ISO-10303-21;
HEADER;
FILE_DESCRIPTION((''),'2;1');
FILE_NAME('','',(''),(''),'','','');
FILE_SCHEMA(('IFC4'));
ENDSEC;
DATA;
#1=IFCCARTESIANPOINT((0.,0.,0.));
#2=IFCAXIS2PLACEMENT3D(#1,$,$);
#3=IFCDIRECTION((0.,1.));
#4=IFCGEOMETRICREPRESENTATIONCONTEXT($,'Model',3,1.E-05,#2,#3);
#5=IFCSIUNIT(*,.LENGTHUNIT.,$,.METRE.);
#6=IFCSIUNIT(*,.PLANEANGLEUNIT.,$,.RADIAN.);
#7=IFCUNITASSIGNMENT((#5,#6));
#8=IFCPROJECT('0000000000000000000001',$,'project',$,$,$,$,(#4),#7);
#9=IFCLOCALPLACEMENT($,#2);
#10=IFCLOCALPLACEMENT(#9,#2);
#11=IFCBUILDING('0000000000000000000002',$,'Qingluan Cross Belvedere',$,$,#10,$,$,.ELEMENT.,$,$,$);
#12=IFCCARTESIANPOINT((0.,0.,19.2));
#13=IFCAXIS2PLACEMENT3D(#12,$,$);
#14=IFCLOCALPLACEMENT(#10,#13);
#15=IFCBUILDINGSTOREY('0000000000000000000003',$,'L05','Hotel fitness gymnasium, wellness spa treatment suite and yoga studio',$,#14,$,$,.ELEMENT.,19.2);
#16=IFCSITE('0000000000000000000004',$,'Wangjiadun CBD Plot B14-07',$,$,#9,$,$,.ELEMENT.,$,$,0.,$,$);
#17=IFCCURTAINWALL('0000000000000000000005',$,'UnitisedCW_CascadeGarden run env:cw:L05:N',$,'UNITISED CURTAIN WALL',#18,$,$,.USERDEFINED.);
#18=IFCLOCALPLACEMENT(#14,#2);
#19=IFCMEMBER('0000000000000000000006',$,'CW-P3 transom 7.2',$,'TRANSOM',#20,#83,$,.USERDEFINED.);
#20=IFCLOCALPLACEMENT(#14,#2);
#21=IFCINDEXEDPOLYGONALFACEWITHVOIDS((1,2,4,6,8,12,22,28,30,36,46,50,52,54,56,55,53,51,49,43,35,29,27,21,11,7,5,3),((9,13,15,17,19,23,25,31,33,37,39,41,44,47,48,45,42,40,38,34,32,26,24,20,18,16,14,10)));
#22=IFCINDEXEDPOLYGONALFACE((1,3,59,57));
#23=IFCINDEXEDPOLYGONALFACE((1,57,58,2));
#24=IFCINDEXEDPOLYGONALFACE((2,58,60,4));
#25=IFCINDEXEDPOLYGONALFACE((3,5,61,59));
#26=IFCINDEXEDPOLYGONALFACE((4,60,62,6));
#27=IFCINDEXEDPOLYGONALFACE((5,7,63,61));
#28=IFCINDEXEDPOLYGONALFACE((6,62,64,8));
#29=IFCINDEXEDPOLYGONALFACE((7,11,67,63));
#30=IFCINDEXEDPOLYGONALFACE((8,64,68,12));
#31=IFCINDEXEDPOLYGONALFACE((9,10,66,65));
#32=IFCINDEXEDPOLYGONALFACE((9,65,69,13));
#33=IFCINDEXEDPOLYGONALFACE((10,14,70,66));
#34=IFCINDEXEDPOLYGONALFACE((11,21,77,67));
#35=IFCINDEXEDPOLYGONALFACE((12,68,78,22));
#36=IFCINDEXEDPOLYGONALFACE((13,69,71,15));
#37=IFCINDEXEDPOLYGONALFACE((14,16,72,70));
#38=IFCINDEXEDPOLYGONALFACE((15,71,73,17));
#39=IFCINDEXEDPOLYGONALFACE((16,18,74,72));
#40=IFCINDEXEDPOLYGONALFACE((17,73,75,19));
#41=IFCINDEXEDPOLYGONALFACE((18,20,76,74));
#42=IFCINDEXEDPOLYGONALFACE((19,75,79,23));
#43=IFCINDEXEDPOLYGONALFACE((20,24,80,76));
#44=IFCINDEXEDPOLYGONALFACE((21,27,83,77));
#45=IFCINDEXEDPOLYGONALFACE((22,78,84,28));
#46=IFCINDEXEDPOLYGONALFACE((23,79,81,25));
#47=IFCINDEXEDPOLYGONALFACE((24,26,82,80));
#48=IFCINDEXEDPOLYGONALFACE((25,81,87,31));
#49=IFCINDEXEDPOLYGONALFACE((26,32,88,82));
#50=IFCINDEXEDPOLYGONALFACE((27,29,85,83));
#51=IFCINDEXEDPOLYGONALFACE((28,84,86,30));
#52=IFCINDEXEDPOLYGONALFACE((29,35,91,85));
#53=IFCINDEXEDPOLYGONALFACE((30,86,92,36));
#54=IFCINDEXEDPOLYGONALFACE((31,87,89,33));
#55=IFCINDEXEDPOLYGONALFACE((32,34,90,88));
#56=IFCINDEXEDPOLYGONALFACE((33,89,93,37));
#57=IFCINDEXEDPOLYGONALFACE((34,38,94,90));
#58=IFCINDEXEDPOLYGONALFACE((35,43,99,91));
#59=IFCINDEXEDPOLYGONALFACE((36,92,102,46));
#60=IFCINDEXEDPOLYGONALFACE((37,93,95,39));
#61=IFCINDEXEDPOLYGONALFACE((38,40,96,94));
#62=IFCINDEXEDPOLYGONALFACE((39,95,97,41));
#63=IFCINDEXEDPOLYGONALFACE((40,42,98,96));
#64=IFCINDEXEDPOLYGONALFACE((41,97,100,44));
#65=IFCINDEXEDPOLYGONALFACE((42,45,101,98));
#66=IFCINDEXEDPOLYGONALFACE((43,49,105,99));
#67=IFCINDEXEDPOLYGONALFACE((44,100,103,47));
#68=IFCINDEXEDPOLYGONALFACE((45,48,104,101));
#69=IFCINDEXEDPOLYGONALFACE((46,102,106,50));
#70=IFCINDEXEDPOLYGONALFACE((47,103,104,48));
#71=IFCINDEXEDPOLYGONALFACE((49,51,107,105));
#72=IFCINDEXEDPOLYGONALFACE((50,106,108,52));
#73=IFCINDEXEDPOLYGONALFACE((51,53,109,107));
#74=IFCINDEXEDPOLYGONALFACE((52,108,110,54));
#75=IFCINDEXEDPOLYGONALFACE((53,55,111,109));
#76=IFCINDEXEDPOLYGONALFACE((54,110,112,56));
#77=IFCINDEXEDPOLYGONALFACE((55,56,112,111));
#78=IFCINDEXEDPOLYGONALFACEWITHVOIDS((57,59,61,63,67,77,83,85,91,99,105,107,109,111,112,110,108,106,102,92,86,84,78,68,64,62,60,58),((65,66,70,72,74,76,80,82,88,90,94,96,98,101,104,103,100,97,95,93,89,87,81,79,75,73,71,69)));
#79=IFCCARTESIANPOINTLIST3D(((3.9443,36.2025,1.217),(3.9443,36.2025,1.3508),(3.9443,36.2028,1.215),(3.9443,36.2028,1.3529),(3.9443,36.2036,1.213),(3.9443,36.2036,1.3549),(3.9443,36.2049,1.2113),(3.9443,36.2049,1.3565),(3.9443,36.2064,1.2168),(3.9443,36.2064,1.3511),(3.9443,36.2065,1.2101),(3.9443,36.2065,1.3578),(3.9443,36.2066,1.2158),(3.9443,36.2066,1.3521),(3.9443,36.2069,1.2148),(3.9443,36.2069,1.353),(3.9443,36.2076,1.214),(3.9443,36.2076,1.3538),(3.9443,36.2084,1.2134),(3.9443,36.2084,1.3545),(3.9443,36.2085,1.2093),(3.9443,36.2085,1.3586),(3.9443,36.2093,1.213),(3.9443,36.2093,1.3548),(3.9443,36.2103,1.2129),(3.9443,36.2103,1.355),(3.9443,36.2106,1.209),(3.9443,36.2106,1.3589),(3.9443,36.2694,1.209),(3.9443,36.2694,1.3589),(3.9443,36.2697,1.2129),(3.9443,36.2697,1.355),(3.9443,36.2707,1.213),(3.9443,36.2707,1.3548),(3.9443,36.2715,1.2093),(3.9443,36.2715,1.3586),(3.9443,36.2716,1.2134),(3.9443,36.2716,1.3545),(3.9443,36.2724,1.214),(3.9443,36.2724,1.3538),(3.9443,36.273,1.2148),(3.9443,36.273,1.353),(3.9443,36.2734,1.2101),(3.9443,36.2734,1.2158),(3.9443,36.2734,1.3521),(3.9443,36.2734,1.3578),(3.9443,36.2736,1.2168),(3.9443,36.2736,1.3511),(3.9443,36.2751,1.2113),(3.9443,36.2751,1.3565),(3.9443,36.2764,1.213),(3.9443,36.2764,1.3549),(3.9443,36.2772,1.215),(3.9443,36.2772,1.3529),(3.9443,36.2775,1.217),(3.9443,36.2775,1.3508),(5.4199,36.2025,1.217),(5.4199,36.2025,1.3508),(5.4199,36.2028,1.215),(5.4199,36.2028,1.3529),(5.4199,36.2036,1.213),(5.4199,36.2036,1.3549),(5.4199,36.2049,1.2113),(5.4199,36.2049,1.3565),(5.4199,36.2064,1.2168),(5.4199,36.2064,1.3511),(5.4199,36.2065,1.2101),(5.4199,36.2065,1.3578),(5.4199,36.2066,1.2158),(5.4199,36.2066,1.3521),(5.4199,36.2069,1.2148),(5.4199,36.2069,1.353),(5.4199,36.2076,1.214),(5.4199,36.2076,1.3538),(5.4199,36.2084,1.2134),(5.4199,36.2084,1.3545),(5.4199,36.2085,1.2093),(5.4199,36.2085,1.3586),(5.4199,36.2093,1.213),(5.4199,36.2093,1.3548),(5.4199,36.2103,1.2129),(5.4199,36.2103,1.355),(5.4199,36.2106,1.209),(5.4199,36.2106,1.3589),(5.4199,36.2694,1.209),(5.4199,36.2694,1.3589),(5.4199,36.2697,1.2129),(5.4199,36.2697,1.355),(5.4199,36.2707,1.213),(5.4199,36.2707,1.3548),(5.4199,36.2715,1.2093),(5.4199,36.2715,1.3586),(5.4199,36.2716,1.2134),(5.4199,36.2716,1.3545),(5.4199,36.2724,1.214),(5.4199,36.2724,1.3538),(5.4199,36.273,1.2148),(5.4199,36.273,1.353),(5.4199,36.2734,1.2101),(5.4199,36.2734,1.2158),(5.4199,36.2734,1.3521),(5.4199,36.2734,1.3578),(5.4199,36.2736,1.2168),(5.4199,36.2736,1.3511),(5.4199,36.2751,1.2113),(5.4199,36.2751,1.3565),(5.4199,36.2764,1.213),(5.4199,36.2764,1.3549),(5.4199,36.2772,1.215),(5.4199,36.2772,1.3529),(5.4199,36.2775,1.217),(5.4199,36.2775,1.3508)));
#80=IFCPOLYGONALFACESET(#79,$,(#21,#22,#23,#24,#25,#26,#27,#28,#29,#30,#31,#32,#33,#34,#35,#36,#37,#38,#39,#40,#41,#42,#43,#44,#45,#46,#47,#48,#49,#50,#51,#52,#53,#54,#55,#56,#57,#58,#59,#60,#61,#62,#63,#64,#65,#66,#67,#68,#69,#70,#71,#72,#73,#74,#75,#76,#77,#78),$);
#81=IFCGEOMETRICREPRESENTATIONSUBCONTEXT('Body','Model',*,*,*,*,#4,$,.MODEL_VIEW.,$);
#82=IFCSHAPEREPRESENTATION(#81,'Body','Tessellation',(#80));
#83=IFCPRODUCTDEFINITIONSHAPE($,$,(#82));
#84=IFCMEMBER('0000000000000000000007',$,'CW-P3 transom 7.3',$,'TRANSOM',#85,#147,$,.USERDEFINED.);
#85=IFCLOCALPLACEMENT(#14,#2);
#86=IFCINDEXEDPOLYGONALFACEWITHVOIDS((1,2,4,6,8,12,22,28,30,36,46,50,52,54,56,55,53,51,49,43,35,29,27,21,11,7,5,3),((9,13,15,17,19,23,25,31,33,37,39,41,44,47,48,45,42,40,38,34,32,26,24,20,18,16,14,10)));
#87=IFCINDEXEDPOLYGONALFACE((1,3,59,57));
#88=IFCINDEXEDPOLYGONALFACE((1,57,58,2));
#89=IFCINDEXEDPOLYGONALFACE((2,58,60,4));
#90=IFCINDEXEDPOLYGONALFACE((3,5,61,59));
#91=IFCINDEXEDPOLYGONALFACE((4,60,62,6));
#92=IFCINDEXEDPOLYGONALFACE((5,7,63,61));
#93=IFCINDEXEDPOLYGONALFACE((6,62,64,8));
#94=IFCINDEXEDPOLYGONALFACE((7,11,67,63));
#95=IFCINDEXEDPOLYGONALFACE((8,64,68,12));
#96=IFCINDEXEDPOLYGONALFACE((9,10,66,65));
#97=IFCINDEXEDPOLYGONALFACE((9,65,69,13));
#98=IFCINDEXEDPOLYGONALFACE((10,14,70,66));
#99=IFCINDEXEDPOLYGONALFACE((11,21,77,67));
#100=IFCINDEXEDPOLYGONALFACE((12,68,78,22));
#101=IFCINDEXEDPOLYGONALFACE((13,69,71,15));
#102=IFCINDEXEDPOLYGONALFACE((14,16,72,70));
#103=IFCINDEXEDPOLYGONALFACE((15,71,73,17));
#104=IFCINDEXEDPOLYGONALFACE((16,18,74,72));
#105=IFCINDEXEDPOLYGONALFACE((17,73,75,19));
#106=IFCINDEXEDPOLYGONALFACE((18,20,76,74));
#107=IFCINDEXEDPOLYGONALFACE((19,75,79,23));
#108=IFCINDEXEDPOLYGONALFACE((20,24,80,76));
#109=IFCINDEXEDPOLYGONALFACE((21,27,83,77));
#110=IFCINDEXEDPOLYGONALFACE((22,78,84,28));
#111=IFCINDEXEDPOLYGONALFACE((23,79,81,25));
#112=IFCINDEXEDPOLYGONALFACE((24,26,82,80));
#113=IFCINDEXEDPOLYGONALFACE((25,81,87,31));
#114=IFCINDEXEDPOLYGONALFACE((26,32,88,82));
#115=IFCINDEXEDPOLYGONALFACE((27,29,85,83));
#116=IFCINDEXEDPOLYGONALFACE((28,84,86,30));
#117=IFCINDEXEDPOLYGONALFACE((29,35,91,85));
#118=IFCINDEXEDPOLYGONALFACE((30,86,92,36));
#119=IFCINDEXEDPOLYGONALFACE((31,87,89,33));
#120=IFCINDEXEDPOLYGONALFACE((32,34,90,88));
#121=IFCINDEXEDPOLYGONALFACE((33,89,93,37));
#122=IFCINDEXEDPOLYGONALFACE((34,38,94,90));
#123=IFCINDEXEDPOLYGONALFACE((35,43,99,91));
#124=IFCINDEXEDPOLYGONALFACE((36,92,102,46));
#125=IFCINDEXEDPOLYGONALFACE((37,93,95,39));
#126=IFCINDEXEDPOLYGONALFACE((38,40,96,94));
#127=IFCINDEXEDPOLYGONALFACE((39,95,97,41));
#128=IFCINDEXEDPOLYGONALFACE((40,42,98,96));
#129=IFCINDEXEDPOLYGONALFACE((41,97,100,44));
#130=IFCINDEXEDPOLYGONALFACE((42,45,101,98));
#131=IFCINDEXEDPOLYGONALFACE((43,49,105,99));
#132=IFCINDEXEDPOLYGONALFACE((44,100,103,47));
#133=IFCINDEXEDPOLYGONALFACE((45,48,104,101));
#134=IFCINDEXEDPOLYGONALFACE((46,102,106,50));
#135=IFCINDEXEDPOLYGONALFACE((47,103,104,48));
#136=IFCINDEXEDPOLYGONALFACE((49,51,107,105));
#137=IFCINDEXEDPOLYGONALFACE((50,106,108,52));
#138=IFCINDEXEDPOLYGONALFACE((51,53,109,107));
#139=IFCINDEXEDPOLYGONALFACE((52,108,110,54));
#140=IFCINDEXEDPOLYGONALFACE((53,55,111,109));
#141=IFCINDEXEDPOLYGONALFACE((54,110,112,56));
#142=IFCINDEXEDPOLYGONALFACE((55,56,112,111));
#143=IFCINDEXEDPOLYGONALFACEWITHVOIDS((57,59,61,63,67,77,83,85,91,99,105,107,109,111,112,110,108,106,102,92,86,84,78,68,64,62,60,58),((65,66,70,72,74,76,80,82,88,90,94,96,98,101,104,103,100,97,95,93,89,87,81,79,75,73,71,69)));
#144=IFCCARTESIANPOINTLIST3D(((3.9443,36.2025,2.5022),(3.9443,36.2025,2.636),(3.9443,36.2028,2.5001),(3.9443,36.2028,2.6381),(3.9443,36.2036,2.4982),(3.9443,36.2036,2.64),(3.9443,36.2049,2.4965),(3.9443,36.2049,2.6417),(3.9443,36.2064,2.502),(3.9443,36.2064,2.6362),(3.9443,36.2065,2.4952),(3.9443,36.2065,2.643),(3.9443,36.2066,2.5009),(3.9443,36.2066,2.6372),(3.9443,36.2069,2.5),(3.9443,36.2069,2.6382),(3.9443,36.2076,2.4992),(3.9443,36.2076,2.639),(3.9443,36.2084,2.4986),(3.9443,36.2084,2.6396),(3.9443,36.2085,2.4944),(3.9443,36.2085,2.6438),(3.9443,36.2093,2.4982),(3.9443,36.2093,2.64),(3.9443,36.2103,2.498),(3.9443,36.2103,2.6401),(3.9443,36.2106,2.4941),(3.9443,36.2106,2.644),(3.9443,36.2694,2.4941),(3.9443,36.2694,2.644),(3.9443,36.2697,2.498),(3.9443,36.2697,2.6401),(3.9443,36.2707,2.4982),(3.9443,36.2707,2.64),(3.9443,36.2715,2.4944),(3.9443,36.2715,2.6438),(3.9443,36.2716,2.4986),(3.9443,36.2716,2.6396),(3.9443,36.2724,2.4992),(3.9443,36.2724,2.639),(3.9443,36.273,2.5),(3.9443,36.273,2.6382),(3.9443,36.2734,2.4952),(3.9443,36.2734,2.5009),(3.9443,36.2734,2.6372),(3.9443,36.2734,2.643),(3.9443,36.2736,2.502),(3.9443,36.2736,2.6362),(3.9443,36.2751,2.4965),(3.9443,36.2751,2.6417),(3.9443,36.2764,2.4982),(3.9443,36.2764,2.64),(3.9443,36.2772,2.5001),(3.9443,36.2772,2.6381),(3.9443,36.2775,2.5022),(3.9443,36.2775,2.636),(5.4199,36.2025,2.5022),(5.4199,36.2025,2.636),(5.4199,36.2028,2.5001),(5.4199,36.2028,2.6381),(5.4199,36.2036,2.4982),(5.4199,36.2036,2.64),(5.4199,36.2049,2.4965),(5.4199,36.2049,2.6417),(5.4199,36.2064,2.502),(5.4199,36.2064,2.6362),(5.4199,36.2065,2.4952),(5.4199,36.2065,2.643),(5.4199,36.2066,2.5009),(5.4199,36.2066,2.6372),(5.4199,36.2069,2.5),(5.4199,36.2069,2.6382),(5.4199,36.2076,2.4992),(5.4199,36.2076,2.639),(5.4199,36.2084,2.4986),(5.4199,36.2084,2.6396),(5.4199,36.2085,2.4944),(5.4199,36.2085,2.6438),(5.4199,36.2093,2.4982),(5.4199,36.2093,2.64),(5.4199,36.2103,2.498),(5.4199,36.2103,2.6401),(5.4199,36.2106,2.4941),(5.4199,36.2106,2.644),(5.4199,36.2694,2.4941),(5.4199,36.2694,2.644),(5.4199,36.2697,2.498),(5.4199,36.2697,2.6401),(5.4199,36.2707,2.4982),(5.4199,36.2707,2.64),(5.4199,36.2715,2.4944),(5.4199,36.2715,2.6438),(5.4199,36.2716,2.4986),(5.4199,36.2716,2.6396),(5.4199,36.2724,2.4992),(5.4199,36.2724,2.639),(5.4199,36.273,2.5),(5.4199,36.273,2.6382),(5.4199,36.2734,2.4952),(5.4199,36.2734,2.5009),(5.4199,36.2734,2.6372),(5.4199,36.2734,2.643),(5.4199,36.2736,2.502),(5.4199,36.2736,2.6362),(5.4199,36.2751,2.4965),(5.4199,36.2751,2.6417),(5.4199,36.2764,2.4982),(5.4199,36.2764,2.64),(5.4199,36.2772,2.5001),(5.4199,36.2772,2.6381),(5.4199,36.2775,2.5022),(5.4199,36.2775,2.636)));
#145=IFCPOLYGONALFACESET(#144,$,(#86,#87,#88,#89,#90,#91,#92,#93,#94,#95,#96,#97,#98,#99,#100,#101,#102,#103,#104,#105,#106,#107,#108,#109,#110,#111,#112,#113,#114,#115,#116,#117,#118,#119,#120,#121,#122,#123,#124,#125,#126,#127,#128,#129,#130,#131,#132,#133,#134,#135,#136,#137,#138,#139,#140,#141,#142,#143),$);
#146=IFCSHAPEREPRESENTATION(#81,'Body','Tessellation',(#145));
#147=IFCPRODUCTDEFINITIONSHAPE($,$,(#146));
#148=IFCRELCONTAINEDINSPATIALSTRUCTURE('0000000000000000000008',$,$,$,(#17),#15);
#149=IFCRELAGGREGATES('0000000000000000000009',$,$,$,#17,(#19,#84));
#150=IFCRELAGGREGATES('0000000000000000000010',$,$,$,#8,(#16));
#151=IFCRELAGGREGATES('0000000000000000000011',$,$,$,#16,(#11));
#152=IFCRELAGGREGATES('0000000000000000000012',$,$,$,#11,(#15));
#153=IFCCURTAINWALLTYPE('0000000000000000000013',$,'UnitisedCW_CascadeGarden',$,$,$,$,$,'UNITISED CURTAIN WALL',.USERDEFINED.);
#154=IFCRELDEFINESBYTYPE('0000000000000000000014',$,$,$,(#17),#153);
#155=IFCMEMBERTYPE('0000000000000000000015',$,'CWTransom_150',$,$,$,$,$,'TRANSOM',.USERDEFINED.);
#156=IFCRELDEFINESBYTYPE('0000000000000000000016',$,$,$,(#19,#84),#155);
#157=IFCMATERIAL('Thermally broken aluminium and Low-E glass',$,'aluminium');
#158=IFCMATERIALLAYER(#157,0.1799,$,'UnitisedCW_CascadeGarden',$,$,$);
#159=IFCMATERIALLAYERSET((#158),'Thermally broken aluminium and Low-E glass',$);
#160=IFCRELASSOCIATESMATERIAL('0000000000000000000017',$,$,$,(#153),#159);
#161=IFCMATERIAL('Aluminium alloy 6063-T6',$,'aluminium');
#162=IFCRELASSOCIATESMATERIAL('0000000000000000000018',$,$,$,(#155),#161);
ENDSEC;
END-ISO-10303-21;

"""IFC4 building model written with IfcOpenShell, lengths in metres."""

from ifc_helpers import new_model, si_unit, direction, frame, origin, origin_2d, place, context, subcontext, project, spatial, hollow_rectangle, extrude, material, layer, layer_set, material_profile, profile_set, type_object, element, aggregate, save


model = new_model("IFC4")

# Units and contexts
model_context = context("Model", 3, precision=1e-05, world=origin(), true_north=direction((0.0, 1.0)))
body_context = subcontext(model_context, "Body", "Model", "MODEL_VIEW")
ifc_project = project(units=[si_unit("LENGTHUNIT", "METRE"), si_unit("PLANEANGLEUNIT", "RADIAN")], contexts=[model_context])

# Site, building, storey
site_placement = place(None, origin())
site = spatial("IfcSite", under=ifc_project, at=site_placement, Name="Wangjiadun CBD Plot B14-07", CompositionType="ELEMENT", RefElevation=0.0)
building_placement = place(site_placement, origin())
building = spatial("IfcBuilding", under=site, at=building_placement, Name="Qingluan Cross Belvedere", CompositionType="ELEMENT")
storey_placement = place(building_placement, frame((0.0, 0.0, 19.2)))
storey = spatial("IfcBuildingStorey", under=building, at=storey_placement, Name="L05", Description="Hotel fitness gymnasium, wellness spa treatment suite and yoga studio", CompositionType="ELEMENT", Elevation=19.2)

# Curtain wall, members
ifc_material_1 = material(Name="Thermally broken aluminium and Low-E glass", Category="aluminium")
ifc_layer_1 = layer(ifc_material_1, 0.1799, Name="UnitisedCW_CascadeGarden")
ifc_layer_set_1 = layer_set([ifc_layer_1], Name="Thermally broken aluminium and Low-E glass")
curtain_wall_type = type_object("IfcCurtainWallType", Name="UnitisedCW_CascadeGarden", ElementType="UNITISED CURTAIN WALL", PredefinedType="USERDEFINED", material=ifc_layer_set_1)
curtain_wall_placement = place(storey_placement, origin())
curtain_wall = element("IfcCurtainWall", 1, at=curtain_wall_placement, inside=storey, type_object=curtain_wall_type, Name="UnitisedCW_CascadeGarden run env:cw:L05:N", ObjectType="UNITISED CURTAIN WALL", PredefinedType="USERDEFINED")
ifc_material_2 = material(Name="Aluminium alloy 6063-T6", Category="aluminium")
ifc_material_profile_1 = material_profile(ifc_material_2, hollow_rectangle(XDim=0.075, YDim=0.1499, WallThickness=0.0039, InnerFilletRadius=0.0039, OuterFilletRadius=0.0081, at=origin_2d()), Name="CWT150x75x4")
ifc_profile_set_1 = profile_set([ifc_material_profile_1], Name="Aluminium alloy 6063-T6")
member_type_1 = type_object("IfcMemberType", Name="CWTransom_150", ElementType="TRANSOM", PredefinedType="USERDEFINED", material=ifc_profile_set_1)
member_1_placement = place(storey_placement, frame((3.9443, 36.24, 1.2839), z_axis=(1.0, 0.0, 0.0), x_axis=(0.0, 1.0, 0.0)))
member_1 = element("IfcMember", 2, at=member_1_placement, type_object=member_type_1, Name="CW-P3 transom 7.2", ObjectType="TRANSOM", PredefinedType="USERDEFINED", context=body_context, shape_type="SweptSolid", body=[
    extrude(hollow_rectangle(XDim=0.075, YDim=0.1499, WallThickness=0.0039, InnerFilletRadius=0.0039, OuterFilletRadius=0.0081, at=origin_2d()), origin(), (0.0, 0.0, 1.0), 1.4756),
])
member_2_placement = place(storey_placement, frame((3.9443, 36.24, 2.5691), z_axis=(1.0, 0.0, 0.0), x_axis=(0.0, 1.0, 0.0)))
member_2 = element("IfcMember", 3, at=member_2_placement, type_object=member_type_1, Name="CW-P3 transom 7.3", ObjectType="TRANSOM", PredefinedType="USERDEFINED", context=body_context, shape_type="SweptSolid", body=[
    extrude(hollow_rectangle(XDim=0.075, YDim=0.1499, WallThickness=0.0039, InnerFilletRadius=0.0039, OuterFilletRadius=0.0081, at=origin_2d()), origin(), (0.0, 0.0, 1.0), 1.4756),
])

aggregate(curtain_wall, [member_1, member_2])

save(model, "model.ifc")
